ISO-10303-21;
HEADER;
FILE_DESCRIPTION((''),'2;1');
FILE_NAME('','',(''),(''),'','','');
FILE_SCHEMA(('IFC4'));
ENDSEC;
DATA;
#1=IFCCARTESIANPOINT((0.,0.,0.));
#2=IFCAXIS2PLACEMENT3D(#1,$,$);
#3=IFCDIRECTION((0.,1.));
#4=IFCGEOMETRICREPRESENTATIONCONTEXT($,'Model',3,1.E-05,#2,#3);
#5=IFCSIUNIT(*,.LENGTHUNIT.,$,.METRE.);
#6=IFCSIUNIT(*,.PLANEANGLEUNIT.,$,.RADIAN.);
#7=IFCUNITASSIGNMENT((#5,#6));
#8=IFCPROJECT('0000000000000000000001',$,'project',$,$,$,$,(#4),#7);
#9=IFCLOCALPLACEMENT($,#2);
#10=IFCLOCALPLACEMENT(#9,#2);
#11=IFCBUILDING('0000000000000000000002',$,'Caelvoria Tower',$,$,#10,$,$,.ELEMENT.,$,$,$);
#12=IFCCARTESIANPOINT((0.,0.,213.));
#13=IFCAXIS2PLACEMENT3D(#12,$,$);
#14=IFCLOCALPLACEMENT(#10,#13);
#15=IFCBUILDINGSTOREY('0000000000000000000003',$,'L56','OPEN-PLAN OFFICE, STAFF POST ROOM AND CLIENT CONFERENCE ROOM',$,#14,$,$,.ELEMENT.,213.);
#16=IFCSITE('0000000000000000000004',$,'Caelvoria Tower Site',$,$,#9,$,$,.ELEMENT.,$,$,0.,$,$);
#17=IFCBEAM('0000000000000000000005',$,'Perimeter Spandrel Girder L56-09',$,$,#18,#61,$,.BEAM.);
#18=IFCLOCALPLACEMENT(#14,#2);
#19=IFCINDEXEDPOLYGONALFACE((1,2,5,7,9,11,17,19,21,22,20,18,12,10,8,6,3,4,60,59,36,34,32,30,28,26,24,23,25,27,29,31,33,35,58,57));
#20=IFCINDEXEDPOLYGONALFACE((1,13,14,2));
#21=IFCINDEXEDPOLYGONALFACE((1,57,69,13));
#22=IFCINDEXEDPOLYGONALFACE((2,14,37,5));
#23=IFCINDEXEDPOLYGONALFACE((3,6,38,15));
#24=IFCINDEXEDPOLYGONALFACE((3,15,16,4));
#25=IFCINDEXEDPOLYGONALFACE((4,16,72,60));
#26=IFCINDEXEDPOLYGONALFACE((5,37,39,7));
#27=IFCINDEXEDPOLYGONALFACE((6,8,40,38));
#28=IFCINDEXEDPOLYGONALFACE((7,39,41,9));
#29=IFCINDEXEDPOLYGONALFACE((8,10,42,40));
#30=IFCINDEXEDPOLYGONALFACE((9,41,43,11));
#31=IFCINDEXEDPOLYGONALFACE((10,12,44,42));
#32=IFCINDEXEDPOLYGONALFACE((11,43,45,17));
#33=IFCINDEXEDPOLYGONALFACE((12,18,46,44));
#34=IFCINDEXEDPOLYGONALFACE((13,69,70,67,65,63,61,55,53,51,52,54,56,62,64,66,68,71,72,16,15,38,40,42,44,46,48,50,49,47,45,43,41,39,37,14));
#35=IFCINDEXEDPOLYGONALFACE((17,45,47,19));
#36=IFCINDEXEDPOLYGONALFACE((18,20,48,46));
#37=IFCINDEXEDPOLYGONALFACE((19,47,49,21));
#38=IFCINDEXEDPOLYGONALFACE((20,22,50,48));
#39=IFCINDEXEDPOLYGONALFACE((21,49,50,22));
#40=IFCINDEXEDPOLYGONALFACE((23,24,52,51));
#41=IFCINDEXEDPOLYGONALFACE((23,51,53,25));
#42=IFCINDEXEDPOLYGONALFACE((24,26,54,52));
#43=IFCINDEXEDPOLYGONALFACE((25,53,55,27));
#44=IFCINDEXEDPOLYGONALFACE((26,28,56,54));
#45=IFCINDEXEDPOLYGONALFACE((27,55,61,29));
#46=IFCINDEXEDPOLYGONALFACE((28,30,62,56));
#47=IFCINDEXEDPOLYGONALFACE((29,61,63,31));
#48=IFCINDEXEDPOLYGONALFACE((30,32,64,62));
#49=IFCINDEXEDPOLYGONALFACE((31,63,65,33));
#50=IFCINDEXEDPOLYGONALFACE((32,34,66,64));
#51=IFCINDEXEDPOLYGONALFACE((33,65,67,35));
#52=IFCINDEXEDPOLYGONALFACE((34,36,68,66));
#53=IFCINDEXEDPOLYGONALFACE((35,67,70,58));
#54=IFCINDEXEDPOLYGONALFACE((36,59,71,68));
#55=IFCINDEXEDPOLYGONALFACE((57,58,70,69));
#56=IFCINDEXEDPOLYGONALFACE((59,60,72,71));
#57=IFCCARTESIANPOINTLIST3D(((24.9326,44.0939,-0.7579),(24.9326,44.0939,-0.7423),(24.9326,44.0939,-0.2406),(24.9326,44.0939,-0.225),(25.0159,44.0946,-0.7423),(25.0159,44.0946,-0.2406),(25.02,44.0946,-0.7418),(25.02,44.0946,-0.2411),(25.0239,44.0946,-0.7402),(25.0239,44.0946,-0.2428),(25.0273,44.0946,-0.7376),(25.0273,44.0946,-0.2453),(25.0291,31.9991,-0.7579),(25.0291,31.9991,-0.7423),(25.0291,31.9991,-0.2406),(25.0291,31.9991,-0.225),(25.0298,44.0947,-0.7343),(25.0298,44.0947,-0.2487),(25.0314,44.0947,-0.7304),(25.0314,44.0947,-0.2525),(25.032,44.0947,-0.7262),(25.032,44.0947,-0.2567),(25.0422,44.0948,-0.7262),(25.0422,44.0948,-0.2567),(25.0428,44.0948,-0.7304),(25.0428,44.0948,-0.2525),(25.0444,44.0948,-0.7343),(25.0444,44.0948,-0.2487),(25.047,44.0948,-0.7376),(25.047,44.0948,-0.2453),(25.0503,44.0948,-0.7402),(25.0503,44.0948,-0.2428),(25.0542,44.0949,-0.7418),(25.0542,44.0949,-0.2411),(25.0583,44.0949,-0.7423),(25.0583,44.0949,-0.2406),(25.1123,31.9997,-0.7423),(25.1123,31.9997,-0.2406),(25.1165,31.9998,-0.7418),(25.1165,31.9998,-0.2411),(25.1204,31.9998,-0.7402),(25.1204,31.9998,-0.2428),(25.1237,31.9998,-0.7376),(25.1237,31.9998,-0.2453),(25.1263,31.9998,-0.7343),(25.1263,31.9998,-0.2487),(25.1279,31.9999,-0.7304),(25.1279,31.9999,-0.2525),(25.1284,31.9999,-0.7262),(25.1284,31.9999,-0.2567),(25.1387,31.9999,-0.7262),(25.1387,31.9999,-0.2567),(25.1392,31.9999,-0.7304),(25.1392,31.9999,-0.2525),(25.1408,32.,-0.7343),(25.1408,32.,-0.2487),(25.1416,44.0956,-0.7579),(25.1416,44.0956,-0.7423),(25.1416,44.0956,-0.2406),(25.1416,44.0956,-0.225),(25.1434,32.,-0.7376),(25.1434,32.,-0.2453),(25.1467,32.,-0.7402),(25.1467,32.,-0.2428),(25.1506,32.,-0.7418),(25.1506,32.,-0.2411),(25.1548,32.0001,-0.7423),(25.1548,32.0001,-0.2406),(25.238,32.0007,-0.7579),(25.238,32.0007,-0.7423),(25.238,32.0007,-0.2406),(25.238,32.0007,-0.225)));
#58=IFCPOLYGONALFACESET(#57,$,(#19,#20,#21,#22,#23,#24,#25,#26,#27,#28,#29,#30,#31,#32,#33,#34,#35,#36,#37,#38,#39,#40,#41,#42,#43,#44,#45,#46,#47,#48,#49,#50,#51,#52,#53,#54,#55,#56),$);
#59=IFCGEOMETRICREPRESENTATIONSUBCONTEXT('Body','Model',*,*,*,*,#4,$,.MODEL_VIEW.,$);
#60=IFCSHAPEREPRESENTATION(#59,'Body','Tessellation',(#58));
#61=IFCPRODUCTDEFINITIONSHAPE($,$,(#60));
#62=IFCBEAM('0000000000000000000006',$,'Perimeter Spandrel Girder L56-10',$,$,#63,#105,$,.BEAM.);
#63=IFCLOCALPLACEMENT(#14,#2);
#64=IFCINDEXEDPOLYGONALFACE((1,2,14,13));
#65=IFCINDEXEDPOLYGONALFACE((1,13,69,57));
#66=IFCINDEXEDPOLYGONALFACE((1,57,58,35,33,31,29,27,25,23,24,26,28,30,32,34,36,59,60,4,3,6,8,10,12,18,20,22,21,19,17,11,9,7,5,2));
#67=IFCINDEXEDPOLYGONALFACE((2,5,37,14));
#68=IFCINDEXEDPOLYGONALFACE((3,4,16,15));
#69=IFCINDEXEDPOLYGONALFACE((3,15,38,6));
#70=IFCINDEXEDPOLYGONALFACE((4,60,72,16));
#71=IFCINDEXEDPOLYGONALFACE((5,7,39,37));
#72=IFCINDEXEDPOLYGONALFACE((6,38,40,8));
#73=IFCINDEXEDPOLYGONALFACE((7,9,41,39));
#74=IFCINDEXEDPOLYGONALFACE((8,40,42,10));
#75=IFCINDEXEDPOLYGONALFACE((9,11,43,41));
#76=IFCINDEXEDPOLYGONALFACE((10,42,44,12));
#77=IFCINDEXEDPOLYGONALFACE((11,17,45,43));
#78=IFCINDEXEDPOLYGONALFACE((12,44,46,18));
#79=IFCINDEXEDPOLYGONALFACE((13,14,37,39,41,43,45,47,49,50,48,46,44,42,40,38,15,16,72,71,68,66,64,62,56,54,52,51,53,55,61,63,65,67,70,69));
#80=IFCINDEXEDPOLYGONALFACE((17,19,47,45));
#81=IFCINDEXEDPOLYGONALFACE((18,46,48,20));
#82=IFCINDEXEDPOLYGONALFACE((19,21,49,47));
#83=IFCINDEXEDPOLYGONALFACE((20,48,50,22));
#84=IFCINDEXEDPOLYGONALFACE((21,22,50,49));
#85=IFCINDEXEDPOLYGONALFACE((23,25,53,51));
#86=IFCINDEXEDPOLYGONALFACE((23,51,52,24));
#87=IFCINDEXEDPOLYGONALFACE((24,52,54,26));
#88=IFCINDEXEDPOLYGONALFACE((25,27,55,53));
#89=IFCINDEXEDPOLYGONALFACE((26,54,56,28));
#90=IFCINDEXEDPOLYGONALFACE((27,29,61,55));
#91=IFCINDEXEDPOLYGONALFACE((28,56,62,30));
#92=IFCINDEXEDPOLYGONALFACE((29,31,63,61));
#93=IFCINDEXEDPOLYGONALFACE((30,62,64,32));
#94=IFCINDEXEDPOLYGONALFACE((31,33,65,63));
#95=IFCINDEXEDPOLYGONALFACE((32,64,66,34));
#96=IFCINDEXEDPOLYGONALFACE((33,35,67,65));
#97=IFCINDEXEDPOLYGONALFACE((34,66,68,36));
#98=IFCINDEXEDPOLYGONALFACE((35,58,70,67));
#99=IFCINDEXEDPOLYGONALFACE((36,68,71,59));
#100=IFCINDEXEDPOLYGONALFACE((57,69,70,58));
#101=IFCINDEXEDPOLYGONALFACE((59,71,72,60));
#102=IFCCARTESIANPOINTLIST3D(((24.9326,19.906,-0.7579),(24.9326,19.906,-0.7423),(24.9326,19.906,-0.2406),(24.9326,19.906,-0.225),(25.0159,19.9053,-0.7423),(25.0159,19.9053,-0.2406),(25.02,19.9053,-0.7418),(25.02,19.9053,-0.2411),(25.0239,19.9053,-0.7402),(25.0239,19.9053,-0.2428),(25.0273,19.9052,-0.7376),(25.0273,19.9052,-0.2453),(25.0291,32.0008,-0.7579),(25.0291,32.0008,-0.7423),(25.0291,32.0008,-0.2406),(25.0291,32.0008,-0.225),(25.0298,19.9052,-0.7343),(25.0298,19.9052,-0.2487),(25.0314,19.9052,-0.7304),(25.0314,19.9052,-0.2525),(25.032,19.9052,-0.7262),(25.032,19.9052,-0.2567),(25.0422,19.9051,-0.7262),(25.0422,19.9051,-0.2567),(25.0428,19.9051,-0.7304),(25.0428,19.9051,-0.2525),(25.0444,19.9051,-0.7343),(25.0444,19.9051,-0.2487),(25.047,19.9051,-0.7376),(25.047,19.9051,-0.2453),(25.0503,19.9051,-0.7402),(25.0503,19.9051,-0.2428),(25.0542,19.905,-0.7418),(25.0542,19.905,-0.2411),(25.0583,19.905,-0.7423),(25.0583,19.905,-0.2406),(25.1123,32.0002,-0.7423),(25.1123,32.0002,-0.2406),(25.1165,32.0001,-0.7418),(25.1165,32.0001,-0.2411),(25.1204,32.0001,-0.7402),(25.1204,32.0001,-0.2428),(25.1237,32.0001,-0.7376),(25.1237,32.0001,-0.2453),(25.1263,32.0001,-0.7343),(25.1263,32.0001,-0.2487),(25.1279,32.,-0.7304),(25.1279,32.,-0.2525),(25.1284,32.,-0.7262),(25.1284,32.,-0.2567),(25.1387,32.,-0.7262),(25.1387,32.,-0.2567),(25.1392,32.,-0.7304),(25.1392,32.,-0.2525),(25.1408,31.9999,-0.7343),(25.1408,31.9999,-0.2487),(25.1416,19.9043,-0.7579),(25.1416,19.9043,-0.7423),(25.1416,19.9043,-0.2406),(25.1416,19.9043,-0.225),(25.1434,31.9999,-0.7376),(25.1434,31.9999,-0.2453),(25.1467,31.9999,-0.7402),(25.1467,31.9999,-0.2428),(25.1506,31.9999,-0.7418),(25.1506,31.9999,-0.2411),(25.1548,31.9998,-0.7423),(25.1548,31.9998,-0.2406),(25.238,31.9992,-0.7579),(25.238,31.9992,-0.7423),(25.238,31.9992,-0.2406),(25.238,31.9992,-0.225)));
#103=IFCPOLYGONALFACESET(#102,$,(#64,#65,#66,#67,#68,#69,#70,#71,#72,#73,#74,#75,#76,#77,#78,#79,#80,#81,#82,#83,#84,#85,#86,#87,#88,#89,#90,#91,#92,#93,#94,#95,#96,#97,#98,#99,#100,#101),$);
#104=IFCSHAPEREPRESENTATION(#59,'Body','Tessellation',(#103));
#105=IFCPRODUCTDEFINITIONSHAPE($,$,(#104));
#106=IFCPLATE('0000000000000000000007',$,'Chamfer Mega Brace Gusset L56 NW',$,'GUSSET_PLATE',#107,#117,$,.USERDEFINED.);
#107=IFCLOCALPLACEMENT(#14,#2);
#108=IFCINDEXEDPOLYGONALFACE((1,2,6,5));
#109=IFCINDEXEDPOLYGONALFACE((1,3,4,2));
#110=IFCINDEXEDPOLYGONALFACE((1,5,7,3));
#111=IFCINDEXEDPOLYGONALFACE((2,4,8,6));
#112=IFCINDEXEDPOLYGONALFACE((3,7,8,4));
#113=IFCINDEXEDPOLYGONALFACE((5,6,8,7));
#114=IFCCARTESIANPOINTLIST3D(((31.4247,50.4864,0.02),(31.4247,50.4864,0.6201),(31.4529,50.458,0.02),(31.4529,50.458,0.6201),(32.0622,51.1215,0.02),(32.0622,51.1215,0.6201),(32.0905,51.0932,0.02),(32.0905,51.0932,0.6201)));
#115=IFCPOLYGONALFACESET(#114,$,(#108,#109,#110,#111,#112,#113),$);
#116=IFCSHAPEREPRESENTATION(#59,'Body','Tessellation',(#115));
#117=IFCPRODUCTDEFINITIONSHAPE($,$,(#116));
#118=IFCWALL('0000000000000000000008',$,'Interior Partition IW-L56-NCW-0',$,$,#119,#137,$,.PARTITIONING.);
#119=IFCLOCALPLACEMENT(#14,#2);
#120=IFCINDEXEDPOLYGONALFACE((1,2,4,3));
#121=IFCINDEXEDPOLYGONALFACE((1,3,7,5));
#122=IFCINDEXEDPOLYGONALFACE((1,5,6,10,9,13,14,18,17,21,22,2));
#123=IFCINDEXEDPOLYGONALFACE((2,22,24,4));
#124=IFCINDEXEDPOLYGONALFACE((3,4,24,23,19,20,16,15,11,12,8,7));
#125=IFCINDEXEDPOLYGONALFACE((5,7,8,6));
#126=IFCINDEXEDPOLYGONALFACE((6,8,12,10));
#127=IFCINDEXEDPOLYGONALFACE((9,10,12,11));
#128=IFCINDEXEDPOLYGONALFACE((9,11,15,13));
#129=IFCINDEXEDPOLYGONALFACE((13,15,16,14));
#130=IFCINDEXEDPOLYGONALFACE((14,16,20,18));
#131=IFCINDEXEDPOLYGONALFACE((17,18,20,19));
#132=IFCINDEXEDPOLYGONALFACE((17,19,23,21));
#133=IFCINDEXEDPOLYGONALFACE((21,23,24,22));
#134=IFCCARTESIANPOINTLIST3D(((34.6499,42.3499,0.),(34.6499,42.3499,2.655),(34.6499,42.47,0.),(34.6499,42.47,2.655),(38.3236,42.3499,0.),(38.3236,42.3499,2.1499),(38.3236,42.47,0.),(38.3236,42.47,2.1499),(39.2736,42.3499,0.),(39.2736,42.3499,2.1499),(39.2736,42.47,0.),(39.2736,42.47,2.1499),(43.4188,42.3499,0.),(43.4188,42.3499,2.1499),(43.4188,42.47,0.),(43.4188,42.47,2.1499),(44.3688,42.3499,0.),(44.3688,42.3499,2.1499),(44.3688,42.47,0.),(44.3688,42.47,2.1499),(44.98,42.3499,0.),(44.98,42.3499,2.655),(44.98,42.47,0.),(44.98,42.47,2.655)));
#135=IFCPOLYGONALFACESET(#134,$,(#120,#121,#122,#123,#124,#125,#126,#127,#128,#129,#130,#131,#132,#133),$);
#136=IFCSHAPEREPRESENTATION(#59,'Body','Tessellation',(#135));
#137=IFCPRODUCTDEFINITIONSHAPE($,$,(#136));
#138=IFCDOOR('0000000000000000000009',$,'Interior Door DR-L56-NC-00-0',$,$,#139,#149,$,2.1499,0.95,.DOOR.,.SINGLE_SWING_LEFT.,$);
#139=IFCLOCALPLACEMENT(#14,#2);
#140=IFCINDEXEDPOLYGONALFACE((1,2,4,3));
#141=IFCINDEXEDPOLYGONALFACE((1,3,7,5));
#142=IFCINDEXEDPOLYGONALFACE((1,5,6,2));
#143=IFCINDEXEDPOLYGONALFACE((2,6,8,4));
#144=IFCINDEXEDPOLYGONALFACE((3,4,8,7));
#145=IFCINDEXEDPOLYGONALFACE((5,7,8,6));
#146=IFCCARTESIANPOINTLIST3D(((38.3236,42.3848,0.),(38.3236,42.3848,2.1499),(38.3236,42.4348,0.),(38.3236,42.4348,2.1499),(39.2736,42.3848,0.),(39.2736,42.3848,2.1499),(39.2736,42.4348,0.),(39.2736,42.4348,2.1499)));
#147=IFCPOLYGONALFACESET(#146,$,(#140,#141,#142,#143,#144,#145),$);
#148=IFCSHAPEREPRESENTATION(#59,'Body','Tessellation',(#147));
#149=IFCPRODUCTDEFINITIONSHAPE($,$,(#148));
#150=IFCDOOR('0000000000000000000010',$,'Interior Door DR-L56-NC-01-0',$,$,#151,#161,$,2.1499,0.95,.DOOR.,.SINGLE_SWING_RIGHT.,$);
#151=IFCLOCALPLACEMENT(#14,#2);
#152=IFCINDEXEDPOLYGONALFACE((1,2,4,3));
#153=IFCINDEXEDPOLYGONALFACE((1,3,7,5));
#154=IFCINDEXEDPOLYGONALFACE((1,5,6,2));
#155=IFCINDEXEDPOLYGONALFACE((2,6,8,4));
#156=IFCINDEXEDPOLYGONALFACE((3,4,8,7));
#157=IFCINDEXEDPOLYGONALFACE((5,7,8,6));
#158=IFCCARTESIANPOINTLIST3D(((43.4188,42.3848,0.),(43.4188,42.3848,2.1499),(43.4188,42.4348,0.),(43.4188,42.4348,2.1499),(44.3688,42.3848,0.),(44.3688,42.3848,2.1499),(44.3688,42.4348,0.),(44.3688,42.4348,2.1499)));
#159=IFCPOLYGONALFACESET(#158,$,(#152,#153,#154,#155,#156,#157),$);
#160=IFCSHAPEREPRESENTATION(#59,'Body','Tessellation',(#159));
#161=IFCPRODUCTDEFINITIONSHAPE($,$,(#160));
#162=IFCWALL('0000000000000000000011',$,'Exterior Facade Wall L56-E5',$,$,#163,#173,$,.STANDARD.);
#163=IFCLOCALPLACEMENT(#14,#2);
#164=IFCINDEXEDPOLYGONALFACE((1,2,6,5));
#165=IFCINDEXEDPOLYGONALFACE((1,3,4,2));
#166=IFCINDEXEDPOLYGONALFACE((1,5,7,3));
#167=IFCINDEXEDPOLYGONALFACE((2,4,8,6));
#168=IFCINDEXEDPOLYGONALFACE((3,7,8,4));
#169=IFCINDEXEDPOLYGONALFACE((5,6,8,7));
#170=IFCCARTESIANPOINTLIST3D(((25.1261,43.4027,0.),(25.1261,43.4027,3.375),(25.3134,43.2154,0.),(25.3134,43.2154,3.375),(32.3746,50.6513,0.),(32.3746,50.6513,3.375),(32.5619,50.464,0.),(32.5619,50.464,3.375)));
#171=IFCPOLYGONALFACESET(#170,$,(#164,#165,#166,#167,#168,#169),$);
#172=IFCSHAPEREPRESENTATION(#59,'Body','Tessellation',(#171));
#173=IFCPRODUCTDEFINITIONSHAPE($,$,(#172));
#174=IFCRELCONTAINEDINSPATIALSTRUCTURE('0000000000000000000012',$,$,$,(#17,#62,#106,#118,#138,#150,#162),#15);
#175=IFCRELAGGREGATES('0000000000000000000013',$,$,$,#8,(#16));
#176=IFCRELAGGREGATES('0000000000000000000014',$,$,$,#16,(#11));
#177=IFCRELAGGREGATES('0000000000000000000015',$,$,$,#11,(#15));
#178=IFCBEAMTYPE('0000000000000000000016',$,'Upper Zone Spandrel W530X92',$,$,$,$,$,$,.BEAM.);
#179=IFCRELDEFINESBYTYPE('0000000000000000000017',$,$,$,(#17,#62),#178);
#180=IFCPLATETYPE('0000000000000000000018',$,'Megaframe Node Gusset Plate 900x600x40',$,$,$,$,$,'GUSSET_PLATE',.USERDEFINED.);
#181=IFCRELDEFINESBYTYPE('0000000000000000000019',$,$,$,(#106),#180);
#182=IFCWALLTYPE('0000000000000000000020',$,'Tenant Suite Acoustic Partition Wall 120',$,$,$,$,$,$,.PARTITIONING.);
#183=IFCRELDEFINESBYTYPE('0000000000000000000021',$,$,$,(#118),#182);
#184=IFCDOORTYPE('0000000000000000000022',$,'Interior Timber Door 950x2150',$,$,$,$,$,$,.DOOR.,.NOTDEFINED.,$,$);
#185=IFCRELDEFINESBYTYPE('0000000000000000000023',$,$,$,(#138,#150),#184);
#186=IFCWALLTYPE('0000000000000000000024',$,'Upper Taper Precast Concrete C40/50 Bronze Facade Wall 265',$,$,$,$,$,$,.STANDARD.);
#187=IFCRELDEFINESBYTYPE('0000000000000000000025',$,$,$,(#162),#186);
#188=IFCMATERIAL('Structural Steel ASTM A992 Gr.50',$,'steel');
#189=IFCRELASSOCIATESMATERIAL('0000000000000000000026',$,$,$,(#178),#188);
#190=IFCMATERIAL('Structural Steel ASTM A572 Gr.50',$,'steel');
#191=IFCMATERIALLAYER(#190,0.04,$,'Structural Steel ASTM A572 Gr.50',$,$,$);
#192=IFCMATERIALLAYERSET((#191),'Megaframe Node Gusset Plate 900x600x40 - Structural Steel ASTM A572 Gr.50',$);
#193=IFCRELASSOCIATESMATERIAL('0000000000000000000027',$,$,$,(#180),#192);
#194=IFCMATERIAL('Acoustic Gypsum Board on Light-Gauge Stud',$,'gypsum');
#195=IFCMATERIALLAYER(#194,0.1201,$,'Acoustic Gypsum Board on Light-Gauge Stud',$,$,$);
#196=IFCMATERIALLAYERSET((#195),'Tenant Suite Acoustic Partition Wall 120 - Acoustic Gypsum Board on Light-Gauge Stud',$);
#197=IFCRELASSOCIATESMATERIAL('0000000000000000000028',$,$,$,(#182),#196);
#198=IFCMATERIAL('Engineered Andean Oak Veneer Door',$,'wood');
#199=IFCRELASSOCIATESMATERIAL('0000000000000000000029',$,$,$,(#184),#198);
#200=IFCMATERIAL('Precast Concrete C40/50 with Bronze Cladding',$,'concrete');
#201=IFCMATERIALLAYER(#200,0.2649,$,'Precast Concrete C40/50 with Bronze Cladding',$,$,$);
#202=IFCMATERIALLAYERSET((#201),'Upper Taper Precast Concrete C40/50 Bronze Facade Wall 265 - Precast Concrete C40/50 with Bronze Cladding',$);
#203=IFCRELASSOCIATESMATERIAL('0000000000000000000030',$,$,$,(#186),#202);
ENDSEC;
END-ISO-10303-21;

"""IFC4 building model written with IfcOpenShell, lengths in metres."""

from ifc_helpers import new_model, si_unit, direction, frame, frame_2d, origin, origin_2d, place, context, subcontext, project, spatial, rectangle, i_section, extrude, material, layer, layer_set, material_profile, profile_set, type_object, element, fill, save


model = new_model("IFC4")

# Units and contexts
model_context = context("Model", 3, precision=1e-05, world=origin(), true_north=direction((0.0, 1.0)))
body_context = subcontext(model_context, "Body", "Model", "MODEL_VIEW")
ifc_project = project(units=[si_unit("LENGTHUNIT", "METRE"), si_unit("PLANEANGLEUNIT", "RADIAN")], contexts=[model_context])

# Site, building, storey
site_placement = place(None, origin())
site = spatial("IfcSite", under=ifc_project, at=site_placement, Name="Caelvoria Tower Site", CompositionType="ELEMENT", RefElevation=0.0)
building_placement = place(site_placement, origin())
building = spatial("IfcBuilding", under=site, at=building_placement, Name="Caelvoria Tower", CompositionType="ELEMENT")
storey_placement = place(building_placement, frame((0.0, 0.0, 213.0)))
storey = spatial("IfcBuildingStorey", under=building, at=storey_placement, Name="L56", Description="OPEN-PLAN OFFICE, STAFF POST ROOM AND CLIENT CONFERENCE ROOM", CompositionType="ELEMENT", Elevation=213.0)

# Shared definitions
ifc_material_1 = material(Name="Structural Steel ASTM A572 Gr.50", Category="steel")
ifc_material_2 = material(Name="Structural Steel ASTM A992 Gr.50", Category="steel")

# Beams
ifc_material_profile_1 = material_profile(ifc_material_2, i_section(OverallWidth=0.209, OverallDepth=0.533, WebThickness=0.0103, FlangeThickness=0.0156, FilletRadius=0.0161, at=origin_2d()), Name="Structural Steel ASTM A992 Gr.50")
ifc_profile_set_1 = profile_set([ifc_material_profile_1], Name="W530X92 - Structural Steel ASTM A992 Gr.50")
beam_type_1 = type_object("IfcBeamType", Name="Upper Zone Spandrel W530X92", PredefinedType="BEAM", material=ifc_profile_set_1)
for number, where, z_axis, x_axis, name in (
    (1, (25.0371, 44.0947, -0.4915), (0.007973, -0.999968, 0.0), (0.999968, 0.007973, 0.0), "Perimeter Spandrel Girder L56-09"),
    (2, (25.1335, 32.0, -0.4915), (-0.007973, -0.999968, 0.0), (0.999968, -0.007973, 0.0), "Perimeter Spandrel Girder L56-10"),
):
    element("IfcBeam", number, at=place(storey_placement, frame(where, z_axis=z_axis, x_axis=x_axis)), inside=storey, type_object=beam_type_1, Name=name, PredefinedType="BEAM", context=body_context, shape_type="SweptSolid", body=[
        extrude(i_section(OverallWidth=0.209, OverallDepth=0.533, WebThickness=0.0103, FlangeThickness=0.0156, FilletRadius=0.0161, at=origin_2d()), origin(), (0.0, 0.0, 1.0), 12.0952),
    ])

# Plate
ifc_layer_1 = layer(ifc_material_1, 0.04, Name="Structural Steel ASTM A572 Gr.50")
ifc_layer_set_1 = layer_set([ifc_layer_1], Name="Megaframe Node Gusset Plate 900x600x40 - Structural Steel ASTM A572 Gr.50")
plate_type = type_object("IfcPlateType", Name="Megaframe Node Gusset Plate 900x600x40", ElementType="GUSSET_PLATE", PredefinedType="USERDEFINED", material=ifc_layer_set_1)
plate_placement = place(storey_placement, frame((31.7576, 50.7898, 0.02), z_axis=(0.0, 0.0, 1.0), x_axis=(-0.70844, -0.705771, 0.0)))
element("IfcPlate", 3, at=plate_placement, inside=storey, type_object=plate_type, Name="Chamfer Mega Brace Gusset L56 NW", ObjectType="GUSSET_PLATE", PredefinedType="USERDEFINED", context=body_context, shape_type="SweptSolid", body=[
    extrude(rectangle(XDim=0.8999, YDim=0.04, at=origin_2d()), origin(), (0.0, 0.0, 1.0), 0.6001),
])

# Wall, openings, doors
ifc_material_3 = material(Name="Acoustic Gypsum Board on Light-Gauge Stud", Category="gypsum")
ifc_layer_2 = layer(ifc_material_3, 0.1201, Name="Acoustic Gypsum Board on Light-Gauge Stud")
ifc_layer_set_2 = layer_set([ifc_layer_2], Name="Tenant Suite Acoustic Partition Wall 120 - Acoustic Gypsum Board on Light-Gauge Stud")
wall_type_1 = type_object("IfcWallType", Name="Tenant Suite Acoustic Partition Wall 120", PredefinedType="PARTITIONING", material=ifc_layer_set_2)
wall_1_placement = place(storey_placement, frame((34.6499, 42.4099, 0.0), z_axis=(0.0, 0.0, 1.0), x_axis=(1.0, 0.0, 0.0)))
wall_1 = element("IfcWall", 4, at=wall_1_placement, inside=storey, type_object=wall_type_1, Name="Interior Partition IW-L56-NCW-0", PredefinedType="PARTITIONING", context=body_context, shape_type="SweptSolid", body=[
    extrude(rectangle(XDim=10.3301, YDim=0.1201, at=frame_2d((5.165, 0.0))), origin(), (0.0, 0.0, 1.0), 2.655),
])
opening_1_placement = place(wall_1_placement, frame((3.6736, 0.0, 0.0)))
opening_1 = element("IfcOpeningElement", 5, at=opening_1_placement, cuts=wall_1, PredefinedType="OPENING", context=body_context, shape_type="SweptSolid", body=[
    extrude(rectangle(XDim=0.95, YDim=2.1499, at=frame_2d((0.4751, 1.075))), frame((0.0, 0.0701, 0.0), z_axis=(0.0, -1.0, 0.0), x_axis=(1.0, 0.0, 0.0)), (0.0, 0.0, 1.0), 0.1401),
])
opening_2_placement = place(wall_1_placement, frame((8.7688, 0.0, 0.0)))
opening_2 = element("IfcOpeningElement", 6, at=opening_2_placement, cuts=wall_1, PredefinedType="OPENING", context=body_context, shape_type="SweptSolid", body=[
    extrude(rectangle(XDim=0.95, YDim=2.1499, at=frame_2d((0.4751, 1.075))), frame((0.0, 0.0701, 0.0), z_axis=(0.0, -1.0, 0.0), x_axis=(1.0, 0.0, 0.0)), (0.0, 0.0, 1.0), 0.1401),
])
ifc_material_4 = material(Name="Engineered Andean Oak Veneer Door", Category="wood")
door_type = type_object("IfcDoorType", Name="Interior Timber Door 950x2150", OperationType="NOTDEFINED", PredefinedType="DOOR", material=ifc_material_4)
door_1_placement = place(opening_1_placement, origin())
door_1 = element("IfcDoor", 7, at=door_1_placement, inside=storey, type_object=door_type, Name="Interior Door DR-L56-NC-00-0", OperationType="SINGLE_SWING_LEFT", OverallHeight=2.1499, OverallWidth=0.95, PredefinedType="DOOR", context=body_context, shape_type="SweptSolid", body=[
    extrude(rectangle(XDim=0.95, YDim=2.1499, at=frame_2d((0.4751, 1.075))), frame((0.0, 0.0249, 0.0), z_axis=(0.0, -1.0, 0.0), x_axis=(1.0, 0.0, 0.0)), (0.0, 0.0, 1.0), 0.05),
])
fill(opening_1, door_1)
door_2_placement = place(opening_2_placement, origin())
door_2 = element("IfcDoor", 8, at=door_2_placement, inside=storey, type_object=door_type, Name="Interior Door DR-L56-NC-01-0", OperationType="SINGLE_SWING_RIGHT", OverallHeight=2.1499, OverallWidth=0.95, PredefinedType="DOOR", context=body_context, shape_type="SweptSolid", body=[
    extrude(rectangle(XDim=0.95, YDim=2.1499, at=frame_2d((0.4751, 1.075))), frame((0.0, 0.0249, 0.0), z_axis=(0.0, -1.0, 0.0), x_axis=(1.0, 0.0, 0.0)), (0.0, 0.0, 1.0), 0.05),
])
fill(opening_2, door_2)

# Wall
ifc_material_5 = material(Name="Precast Concrete C40/50 with Bronze Cladding", Category="concrete")
ifc_layer_3 = layer(ifc_material_5, 0.2649, Name="Precast Concrete C40/50 with Bronze Cladding")
ifc_layer_set_3 = layer_set([ifc_layer_3], Name="Upper Taper Precast Concrete C40/50 Bronze Facade Wall 265 - Precast Concrete C40/50 with Bronze Cladding")
wall_type_2 = type_object("IfcWallType", Name="Upper Taper Precast Concrete C40/50 Bronze Facade Wall 265", PredefinedType="STANDARD", material=ifc_layer_set_3)
wall_2_placement = place(storey_placement, frame((32.4683, 50.5576, 0.0), z_axis=(0.0, 0.0, 1.0), x_axis=(-0.707107, -0.707107, 0.0)))
element("IfcWall", 9, at=wall_2_placement, inside=storey, type_object=wall_type_2, Name="Exterior Facade Wall L56-E5", PredefinedType="STANDARD", context=body_context, shape_type="SweptSolid", body=[
    extrude(rectangle(XDim=10.251, YDim=0.2649, at=frame_2d((5.1255, 0.0))), origin(), (0.0, 0.0, 1.0), 3.375),
])

save(model, "model.ifc")
